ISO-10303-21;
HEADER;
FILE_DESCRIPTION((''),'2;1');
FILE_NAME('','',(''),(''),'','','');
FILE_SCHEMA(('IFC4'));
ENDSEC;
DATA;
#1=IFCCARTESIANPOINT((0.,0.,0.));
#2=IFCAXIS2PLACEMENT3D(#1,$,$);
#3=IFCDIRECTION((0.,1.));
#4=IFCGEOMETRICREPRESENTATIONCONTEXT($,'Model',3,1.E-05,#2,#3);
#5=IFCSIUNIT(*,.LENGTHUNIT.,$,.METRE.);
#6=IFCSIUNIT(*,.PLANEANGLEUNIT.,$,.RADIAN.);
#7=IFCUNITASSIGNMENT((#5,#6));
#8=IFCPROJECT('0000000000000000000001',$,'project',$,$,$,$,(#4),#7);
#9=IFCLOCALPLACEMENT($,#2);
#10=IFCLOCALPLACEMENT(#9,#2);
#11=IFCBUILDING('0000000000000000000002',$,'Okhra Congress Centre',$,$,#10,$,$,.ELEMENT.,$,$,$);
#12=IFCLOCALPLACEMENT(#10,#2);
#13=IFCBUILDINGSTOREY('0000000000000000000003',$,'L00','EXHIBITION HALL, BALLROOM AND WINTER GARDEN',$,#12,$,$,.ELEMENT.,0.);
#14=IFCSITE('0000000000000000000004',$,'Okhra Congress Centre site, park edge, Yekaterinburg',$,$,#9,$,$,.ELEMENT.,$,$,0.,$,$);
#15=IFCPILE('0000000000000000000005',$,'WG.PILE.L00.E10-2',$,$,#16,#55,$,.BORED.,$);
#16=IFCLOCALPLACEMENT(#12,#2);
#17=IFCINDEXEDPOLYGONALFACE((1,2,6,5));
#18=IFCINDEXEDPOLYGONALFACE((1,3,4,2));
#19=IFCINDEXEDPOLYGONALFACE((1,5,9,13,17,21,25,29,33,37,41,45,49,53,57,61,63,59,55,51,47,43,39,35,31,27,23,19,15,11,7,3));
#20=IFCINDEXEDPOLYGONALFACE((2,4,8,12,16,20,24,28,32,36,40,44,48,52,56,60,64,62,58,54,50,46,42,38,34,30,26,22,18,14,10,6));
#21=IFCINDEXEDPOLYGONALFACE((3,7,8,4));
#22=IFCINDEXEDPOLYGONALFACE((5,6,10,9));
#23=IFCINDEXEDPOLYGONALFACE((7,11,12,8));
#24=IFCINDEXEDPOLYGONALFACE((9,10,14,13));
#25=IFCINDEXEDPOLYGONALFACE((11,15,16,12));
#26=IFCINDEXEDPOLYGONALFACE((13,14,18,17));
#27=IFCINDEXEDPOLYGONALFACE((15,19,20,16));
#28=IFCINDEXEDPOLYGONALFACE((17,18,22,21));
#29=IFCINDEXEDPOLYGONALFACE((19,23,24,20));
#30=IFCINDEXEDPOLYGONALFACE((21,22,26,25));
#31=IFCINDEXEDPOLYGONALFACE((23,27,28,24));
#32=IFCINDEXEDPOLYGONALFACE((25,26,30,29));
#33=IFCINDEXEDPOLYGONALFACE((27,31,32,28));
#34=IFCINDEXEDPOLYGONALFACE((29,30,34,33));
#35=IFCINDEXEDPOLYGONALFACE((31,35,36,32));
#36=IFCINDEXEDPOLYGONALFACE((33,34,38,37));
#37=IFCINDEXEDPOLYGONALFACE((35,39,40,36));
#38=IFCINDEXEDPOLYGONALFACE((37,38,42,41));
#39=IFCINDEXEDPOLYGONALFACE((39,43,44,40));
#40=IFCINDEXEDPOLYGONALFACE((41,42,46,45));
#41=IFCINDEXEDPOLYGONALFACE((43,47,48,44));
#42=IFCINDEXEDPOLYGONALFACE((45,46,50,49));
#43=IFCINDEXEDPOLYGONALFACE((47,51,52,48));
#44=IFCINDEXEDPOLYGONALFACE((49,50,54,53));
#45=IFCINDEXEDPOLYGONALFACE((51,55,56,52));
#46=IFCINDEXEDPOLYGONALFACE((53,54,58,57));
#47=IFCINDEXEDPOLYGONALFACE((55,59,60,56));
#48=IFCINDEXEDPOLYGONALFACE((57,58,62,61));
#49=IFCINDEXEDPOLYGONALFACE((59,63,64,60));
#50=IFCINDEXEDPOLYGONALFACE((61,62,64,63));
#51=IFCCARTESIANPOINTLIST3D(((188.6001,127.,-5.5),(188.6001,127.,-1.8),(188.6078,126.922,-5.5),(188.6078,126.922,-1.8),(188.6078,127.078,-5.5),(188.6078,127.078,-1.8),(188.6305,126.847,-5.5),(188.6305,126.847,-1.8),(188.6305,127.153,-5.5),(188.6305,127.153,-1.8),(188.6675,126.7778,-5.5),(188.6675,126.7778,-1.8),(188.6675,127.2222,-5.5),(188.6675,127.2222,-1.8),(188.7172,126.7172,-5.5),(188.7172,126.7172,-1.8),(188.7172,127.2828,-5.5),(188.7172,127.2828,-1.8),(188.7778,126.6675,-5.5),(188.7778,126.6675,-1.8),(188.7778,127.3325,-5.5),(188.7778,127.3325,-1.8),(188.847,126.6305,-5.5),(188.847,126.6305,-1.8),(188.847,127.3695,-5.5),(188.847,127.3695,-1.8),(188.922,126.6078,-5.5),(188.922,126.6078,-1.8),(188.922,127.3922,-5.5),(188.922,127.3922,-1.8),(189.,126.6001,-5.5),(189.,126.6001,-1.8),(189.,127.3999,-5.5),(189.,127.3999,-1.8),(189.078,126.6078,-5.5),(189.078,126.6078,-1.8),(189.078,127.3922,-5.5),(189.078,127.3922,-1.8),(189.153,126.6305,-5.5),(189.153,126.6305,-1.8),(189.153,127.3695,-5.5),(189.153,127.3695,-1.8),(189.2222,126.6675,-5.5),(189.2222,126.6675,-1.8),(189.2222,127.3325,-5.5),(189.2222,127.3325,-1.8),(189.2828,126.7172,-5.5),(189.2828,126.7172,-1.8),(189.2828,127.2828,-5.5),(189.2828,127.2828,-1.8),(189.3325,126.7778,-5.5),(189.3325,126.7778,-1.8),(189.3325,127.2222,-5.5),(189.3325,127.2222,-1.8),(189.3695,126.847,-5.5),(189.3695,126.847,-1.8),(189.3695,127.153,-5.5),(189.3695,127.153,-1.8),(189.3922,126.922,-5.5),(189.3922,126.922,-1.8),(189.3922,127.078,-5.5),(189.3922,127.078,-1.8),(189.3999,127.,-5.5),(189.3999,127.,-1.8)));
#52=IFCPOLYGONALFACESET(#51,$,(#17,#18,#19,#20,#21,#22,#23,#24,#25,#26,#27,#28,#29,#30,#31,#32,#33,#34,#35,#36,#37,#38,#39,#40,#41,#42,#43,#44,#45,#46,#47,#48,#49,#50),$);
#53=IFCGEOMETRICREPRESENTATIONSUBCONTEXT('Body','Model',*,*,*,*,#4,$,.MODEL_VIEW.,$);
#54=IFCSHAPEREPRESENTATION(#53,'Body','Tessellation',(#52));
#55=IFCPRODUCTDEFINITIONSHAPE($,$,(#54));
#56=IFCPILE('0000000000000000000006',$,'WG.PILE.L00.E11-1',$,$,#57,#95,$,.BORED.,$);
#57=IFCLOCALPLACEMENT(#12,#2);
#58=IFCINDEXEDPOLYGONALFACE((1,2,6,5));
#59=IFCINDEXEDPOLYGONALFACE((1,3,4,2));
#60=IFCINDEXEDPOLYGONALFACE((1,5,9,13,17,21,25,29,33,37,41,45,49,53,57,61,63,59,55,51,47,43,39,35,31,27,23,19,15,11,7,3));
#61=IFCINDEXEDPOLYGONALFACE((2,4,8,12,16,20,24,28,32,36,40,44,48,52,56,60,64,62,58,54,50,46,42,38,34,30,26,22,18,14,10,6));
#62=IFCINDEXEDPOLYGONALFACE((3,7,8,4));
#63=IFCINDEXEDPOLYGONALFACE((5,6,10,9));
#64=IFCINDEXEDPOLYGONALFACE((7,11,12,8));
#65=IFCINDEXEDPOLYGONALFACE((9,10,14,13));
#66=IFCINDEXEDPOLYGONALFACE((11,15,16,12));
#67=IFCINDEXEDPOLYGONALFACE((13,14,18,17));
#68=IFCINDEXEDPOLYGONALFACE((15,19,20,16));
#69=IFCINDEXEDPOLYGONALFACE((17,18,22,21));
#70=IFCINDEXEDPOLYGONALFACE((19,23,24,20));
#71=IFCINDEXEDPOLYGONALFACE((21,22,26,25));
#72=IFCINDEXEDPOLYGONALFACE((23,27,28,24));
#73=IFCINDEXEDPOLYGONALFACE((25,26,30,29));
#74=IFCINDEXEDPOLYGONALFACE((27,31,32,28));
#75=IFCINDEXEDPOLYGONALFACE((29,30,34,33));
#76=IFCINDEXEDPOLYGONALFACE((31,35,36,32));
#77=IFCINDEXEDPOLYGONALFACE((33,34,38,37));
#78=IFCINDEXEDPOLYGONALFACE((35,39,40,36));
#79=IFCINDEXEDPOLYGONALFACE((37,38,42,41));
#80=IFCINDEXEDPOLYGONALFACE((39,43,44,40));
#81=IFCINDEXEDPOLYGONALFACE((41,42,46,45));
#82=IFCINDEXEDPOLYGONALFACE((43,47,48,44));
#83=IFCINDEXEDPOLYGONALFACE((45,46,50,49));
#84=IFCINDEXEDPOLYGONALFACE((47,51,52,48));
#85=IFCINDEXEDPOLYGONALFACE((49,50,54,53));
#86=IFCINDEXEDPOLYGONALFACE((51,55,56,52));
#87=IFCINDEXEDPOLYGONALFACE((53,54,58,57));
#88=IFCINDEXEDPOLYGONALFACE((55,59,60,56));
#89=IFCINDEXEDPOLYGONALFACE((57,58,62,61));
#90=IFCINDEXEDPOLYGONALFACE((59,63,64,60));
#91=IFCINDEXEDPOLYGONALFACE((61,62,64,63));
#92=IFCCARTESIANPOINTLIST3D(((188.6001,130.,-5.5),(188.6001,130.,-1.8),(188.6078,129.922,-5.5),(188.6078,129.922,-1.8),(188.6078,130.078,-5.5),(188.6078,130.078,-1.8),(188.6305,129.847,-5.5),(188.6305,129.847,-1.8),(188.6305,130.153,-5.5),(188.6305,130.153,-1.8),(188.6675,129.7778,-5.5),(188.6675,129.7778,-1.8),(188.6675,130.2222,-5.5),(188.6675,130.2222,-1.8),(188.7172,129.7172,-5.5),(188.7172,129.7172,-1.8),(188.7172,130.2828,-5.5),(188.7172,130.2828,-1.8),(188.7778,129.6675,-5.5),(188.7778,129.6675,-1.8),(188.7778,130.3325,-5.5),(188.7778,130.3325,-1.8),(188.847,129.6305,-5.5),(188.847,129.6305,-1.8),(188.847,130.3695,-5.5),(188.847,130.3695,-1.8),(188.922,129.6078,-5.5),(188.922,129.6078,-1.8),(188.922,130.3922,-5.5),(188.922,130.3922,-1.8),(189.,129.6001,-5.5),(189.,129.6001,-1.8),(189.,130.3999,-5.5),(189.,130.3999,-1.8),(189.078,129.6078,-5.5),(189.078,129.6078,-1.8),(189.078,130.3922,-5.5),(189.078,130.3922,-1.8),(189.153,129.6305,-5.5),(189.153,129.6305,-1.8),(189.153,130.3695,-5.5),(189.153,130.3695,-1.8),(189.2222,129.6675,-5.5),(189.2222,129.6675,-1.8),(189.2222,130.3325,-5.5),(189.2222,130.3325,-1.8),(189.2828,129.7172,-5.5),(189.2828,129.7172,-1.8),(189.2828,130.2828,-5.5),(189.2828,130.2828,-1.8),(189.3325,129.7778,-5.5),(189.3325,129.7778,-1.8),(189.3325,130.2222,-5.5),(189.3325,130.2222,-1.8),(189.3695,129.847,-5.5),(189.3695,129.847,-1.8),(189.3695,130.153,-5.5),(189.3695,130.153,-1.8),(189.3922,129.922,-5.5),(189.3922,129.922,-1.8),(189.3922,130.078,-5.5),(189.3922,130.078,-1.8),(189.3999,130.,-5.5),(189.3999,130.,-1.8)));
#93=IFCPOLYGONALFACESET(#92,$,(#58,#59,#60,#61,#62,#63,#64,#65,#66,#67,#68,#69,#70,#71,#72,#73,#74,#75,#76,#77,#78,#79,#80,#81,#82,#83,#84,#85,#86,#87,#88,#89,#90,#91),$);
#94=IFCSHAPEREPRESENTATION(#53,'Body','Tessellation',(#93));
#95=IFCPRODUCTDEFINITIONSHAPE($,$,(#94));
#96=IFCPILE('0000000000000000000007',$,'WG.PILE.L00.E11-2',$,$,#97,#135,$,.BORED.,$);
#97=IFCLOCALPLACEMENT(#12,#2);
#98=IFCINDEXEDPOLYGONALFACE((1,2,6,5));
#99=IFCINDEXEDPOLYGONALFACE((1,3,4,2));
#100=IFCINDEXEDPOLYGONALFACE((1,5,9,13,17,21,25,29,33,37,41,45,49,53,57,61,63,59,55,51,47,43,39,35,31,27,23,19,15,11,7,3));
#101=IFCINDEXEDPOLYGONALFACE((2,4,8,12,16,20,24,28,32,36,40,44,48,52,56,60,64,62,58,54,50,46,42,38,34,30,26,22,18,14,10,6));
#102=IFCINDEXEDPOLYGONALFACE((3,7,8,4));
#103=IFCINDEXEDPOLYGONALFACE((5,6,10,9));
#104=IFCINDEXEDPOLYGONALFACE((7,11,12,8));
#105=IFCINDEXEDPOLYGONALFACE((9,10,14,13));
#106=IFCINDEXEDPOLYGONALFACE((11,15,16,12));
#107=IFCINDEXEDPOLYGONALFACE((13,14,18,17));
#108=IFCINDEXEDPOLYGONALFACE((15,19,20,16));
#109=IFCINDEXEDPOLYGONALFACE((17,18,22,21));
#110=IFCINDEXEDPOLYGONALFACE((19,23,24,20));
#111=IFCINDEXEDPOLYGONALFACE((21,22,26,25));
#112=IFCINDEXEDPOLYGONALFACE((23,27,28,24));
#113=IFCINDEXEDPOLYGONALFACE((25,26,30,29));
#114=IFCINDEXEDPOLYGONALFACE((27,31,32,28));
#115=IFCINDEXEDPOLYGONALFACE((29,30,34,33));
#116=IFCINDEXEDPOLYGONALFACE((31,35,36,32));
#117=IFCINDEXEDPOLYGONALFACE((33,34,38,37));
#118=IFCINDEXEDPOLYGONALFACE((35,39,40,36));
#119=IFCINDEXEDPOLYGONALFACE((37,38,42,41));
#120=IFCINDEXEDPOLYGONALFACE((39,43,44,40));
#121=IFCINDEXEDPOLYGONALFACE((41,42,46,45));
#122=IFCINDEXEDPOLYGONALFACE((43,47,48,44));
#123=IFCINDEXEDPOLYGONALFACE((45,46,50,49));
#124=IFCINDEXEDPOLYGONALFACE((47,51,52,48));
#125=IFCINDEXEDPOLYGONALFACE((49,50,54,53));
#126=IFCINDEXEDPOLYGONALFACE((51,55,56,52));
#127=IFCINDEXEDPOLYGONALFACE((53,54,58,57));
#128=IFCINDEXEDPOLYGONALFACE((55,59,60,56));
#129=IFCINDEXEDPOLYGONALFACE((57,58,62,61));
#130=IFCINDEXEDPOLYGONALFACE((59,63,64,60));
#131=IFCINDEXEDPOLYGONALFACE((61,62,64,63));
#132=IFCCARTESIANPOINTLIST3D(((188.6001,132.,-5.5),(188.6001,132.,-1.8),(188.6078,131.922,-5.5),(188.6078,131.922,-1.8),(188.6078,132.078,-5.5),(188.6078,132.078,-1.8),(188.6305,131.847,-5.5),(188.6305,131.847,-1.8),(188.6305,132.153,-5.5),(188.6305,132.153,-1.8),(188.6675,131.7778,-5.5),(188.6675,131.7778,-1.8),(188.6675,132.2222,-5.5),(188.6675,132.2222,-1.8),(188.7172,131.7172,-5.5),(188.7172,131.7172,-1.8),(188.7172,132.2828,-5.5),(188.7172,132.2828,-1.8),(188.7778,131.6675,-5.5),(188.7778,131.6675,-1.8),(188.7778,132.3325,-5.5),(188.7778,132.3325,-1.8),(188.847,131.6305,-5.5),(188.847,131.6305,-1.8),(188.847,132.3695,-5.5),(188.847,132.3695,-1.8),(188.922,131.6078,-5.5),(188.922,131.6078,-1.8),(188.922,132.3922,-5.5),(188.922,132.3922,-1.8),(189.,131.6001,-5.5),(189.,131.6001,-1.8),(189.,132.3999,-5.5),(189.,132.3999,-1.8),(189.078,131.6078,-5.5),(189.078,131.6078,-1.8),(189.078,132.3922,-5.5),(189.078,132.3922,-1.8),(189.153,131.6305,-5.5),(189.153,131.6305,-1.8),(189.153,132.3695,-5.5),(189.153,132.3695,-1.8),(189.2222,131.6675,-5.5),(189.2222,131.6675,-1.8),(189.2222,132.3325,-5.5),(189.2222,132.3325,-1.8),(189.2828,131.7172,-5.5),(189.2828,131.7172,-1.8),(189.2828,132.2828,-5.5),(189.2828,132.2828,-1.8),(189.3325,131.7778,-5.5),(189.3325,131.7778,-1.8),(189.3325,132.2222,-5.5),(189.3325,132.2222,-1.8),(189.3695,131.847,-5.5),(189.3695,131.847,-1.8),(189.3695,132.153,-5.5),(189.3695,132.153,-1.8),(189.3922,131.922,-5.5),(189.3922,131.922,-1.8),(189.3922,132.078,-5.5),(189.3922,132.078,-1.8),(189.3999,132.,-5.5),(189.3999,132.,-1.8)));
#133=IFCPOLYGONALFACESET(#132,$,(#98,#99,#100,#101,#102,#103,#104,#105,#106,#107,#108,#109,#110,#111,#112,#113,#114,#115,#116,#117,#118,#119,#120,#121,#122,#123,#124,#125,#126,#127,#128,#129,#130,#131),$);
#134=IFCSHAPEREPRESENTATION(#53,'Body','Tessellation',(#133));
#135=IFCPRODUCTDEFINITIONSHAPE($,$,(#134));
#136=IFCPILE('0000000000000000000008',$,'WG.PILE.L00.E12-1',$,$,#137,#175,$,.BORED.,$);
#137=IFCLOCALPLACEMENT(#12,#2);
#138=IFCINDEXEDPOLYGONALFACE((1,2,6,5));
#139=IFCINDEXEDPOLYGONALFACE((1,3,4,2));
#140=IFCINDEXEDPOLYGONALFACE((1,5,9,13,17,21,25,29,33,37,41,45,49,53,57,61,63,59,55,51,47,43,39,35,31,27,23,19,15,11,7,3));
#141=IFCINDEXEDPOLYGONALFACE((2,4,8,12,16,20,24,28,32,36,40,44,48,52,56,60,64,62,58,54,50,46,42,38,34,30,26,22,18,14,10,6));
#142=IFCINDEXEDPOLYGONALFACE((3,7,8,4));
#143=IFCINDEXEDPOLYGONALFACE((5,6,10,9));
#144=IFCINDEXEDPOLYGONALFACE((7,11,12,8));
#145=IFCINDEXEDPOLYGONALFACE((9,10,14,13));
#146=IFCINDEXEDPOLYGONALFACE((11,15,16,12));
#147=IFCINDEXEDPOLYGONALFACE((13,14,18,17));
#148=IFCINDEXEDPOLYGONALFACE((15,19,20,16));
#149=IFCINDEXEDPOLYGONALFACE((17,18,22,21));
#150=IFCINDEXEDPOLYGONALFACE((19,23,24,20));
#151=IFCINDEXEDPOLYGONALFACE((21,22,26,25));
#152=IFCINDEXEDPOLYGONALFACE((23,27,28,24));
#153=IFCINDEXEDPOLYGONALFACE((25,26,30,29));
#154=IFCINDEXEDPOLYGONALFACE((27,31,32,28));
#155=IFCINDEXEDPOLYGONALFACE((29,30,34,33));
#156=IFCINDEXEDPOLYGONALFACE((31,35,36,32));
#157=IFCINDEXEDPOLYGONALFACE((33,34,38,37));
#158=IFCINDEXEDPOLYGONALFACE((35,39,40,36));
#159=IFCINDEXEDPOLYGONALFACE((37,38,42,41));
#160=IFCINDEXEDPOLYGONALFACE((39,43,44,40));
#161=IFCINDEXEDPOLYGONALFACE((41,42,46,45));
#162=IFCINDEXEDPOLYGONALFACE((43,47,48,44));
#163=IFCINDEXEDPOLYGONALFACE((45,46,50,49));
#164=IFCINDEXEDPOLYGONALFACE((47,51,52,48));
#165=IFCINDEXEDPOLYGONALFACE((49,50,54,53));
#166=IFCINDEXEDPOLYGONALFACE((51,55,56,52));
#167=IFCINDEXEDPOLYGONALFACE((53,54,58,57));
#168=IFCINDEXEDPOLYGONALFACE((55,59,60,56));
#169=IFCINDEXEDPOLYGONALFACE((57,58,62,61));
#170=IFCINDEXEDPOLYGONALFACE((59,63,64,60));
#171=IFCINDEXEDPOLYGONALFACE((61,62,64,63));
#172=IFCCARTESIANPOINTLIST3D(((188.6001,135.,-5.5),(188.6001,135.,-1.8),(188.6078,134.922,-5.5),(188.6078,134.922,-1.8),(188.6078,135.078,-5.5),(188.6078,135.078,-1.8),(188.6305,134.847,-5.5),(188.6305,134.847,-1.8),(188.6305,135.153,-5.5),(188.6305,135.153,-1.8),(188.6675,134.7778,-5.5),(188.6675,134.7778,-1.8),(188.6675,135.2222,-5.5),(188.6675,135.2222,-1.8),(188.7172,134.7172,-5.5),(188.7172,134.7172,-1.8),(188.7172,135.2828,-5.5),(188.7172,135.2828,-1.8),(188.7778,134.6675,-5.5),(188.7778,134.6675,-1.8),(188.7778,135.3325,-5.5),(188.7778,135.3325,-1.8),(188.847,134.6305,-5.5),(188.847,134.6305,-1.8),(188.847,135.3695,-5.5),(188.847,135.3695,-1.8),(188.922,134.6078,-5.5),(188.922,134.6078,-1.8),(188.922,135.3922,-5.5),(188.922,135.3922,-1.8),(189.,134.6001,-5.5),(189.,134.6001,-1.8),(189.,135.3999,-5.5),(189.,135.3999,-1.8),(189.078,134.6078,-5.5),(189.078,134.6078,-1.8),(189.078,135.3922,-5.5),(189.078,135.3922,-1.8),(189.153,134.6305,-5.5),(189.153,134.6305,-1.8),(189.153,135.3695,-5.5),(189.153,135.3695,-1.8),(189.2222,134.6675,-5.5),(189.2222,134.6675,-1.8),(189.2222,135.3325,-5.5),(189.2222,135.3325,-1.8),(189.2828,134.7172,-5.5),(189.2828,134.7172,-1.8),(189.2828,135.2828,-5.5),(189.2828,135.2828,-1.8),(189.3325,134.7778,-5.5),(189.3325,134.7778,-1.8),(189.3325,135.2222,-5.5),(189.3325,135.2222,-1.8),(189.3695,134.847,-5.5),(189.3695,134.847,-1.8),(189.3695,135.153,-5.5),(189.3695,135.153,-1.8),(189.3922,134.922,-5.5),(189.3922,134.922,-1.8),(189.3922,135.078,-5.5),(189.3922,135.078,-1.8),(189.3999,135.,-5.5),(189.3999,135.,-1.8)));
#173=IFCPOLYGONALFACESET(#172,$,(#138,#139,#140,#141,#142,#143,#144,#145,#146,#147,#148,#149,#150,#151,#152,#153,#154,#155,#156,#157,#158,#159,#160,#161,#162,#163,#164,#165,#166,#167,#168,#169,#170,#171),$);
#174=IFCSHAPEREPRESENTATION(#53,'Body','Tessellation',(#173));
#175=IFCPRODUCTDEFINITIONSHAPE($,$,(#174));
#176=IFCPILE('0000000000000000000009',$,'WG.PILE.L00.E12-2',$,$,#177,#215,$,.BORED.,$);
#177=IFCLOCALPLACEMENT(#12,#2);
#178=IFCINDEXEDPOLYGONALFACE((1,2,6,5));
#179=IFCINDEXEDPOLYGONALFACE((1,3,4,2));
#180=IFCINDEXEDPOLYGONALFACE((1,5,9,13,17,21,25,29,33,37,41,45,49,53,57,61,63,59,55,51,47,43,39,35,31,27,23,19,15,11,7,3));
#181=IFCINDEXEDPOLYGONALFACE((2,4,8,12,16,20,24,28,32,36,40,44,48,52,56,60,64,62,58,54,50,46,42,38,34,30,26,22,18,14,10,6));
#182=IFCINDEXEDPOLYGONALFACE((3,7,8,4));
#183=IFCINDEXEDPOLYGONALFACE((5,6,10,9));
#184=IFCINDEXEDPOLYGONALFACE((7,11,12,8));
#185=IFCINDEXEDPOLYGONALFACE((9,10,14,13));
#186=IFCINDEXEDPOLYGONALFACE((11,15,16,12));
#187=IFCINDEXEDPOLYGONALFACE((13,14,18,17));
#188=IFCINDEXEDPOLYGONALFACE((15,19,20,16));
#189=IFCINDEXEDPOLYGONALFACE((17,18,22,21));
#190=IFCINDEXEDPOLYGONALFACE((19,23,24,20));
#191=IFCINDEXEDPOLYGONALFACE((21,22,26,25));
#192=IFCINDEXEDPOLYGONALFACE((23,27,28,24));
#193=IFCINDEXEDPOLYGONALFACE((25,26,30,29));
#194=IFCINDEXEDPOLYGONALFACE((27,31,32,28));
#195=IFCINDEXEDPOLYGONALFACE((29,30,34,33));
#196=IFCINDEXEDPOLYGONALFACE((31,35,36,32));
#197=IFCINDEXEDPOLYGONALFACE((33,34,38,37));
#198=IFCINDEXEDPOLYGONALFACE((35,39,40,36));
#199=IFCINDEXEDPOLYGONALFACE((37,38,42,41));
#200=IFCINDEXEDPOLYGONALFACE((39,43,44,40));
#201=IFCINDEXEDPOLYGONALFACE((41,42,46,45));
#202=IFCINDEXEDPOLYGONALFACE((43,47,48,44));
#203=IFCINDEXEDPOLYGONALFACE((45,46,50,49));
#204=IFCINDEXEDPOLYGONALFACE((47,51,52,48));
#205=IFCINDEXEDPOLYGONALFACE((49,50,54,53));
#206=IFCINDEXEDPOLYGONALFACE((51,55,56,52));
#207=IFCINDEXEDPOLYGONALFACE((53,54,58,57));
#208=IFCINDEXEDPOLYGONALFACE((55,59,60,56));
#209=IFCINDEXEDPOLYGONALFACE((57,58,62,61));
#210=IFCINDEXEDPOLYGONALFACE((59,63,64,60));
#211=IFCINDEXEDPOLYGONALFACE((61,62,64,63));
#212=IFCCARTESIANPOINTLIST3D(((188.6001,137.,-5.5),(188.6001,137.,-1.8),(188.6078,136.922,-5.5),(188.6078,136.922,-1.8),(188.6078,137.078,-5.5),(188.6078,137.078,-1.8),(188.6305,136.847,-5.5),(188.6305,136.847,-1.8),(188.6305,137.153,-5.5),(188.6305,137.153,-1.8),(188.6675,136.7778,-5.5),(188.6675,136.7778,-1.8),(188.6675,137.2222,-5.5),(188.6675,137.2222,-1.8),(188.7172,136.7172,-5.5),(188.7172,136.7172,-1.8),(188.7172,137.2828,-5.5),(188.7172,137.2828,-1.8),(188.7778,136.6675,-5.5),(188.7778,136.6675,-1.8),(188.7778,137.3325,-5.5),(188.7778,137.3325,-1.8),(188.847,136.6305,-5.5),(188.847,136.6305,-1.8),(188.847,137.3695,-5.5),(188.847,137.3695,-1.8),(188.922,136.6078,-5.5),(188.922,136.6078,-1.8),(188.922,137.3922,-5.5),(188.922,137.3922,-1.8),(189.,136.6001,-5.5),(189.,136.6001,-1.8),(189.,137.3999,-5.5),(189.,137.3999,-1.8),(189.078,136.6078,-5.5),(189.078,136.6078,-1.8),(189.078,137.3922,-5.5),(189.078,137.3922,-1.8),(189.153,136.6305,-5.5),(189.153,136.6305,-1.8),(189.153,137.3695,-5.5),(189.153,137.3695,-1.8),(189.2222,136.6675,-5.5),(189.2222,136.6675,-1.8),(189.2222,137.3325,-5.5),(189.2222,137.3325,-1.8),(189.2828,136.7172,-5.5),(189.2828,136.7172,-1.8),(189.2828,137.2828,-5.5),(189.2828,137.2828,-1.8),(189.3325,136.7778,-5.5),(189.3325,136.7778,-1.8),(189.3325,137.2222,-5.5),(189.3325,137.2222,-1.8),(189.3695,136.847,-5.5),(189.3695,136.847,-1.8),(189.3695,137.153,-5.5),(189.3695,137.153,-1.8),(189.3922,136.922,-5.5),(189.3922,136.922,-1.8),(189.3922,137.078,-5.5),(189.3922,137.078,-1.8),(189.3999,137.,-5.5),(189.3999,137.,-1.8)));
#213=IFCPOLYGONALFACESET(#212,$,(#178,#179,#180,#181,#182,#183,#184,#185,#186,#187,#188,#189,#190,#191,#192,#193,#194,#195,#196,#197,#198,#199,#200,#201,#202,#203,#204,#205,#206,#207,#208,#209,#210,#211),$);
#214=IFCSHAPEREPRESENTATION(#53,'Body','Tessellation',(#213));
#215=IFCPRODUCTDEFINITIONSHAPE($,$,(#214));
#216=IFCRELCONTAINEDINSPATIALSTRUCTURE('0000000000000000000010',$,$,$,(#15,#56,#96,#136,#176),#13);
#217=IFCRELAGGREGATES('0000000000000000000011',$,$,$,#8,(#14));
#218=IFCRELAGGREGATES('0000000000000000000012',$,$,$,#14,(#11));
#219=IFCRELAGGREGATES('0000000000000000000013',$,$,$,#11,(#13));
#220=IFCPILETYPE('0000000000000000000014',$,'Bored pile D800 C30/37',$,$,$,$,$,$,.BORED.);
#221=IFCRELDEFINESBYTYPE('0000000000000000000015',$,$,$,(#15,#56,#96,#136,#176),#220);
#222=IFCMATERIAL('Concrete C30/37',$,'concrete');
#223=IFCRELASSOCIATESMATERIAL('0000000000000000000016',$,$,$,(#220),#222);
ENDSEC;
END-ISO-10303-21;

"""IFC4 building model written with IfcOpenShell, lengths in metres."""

from ifc_helpers import new_model, si_unit, direction, frame, origin, origin_2d, place, context, subcontext, project, spatial, circle, extrude, material, material_profile, profile_set, type_object, element, save


model = new_model("IFC4")

# Units and contexts
model_context = context("Model", 3, precision=1e-05, world=origin(), true_north=direction((0.0, 1.0)))
body_context = subcontext(model_context, "Body", "Model", "MODEL_VIEW")
ifc_project = project(units=[si_unit("LENGTHUNIT", "METRE"), si_unit("PLANEANGLEUNIT", "RADIAN")], contexts=[model_context])

# Site, building, storey
site_placement = place(None, origin())
site = spatial("IfcSite", under=ifc_project, at=site_placement, Name="Okhra Congress Centre site, park edge, Yekaterinburg", CompositionType="ELEMENT", RefElevation=0.0)
building_placement = place(site_placement, origin())
building = spatial("IfcBuilding", under=site, at=building_placement, Name="Okhra Congress Centre", CompositionType="ELEMENT")
storey_placement = place(building_placement, origin())
storey = spatial("IfcBuildingStorey", under=building, at=storey_placement, Name="L00", Description="EXHIBITION HALL, BALLROOM AND WINTER GARDEN", CompositionType="ELEMENT", Elevation=0.0)

# Piles
ifc_material_1 = material(Name="Concrete C30/37", Category="concrete")
ifc_material_profile_1 = material_profile(ifc_material_1, circle(Radius=0.3999, at=origin_2d()), Name="D800")
ifc_profile_set_1 = profile_set([ifc_material_profile_1], Name="Concrete C30/37")
pile_type = type_object("IfcPileType", Name="Bored pile D800 C30/37", PredefinedType="BORED", material=ifc_profile_set_1)
for number, where, z_axis, x_axis, name in (
    (1, (189.0, 127.0, -1.8), (0.0, 0.0, -1.0), (1.0, 0.0, 0.0), "WG.PILE.L00.E10-2"),
    (2, (189.0, 130.0, -1.8), (0.0, 0.0, -1.0), (1.0, 0.0, 0.0), "WG.PILE.L00.E11-1"),
    (3, (189.0, 132.0, -1.8), (0.0, 0.0, -1.0), (1.0, 0.0, 0.0), "WG.PILE.L00.E11-2"),
    (4, (189.0, 135.0, -1.8), (0.0, 0.0, -1.0), (1.0, 0.0, 0.0), "WG.PILE.L00.E12-1"),
    (5, (189.0, 137.0, -1.8), (0.0, 0.0, -1.0), (1.0, 0.0, 0.0), "WG.PILE.L00.E12-2"),
):
    element("IfcPile", number, at=place(storey_placement, frame(where, z_axis=z_axis, x_axis=x_axis)), inside=storey, type_object=pile_type, Name=name, PredefinedType="BORED", context=body_context, shape_type="SweptSolid", body=[
        extrude(circle(Radius=0.3999, at=origin_2d()), origin(), (0.0, 0.0, 1.0), 3.7),
    ])

save(model, "model.ifc")
